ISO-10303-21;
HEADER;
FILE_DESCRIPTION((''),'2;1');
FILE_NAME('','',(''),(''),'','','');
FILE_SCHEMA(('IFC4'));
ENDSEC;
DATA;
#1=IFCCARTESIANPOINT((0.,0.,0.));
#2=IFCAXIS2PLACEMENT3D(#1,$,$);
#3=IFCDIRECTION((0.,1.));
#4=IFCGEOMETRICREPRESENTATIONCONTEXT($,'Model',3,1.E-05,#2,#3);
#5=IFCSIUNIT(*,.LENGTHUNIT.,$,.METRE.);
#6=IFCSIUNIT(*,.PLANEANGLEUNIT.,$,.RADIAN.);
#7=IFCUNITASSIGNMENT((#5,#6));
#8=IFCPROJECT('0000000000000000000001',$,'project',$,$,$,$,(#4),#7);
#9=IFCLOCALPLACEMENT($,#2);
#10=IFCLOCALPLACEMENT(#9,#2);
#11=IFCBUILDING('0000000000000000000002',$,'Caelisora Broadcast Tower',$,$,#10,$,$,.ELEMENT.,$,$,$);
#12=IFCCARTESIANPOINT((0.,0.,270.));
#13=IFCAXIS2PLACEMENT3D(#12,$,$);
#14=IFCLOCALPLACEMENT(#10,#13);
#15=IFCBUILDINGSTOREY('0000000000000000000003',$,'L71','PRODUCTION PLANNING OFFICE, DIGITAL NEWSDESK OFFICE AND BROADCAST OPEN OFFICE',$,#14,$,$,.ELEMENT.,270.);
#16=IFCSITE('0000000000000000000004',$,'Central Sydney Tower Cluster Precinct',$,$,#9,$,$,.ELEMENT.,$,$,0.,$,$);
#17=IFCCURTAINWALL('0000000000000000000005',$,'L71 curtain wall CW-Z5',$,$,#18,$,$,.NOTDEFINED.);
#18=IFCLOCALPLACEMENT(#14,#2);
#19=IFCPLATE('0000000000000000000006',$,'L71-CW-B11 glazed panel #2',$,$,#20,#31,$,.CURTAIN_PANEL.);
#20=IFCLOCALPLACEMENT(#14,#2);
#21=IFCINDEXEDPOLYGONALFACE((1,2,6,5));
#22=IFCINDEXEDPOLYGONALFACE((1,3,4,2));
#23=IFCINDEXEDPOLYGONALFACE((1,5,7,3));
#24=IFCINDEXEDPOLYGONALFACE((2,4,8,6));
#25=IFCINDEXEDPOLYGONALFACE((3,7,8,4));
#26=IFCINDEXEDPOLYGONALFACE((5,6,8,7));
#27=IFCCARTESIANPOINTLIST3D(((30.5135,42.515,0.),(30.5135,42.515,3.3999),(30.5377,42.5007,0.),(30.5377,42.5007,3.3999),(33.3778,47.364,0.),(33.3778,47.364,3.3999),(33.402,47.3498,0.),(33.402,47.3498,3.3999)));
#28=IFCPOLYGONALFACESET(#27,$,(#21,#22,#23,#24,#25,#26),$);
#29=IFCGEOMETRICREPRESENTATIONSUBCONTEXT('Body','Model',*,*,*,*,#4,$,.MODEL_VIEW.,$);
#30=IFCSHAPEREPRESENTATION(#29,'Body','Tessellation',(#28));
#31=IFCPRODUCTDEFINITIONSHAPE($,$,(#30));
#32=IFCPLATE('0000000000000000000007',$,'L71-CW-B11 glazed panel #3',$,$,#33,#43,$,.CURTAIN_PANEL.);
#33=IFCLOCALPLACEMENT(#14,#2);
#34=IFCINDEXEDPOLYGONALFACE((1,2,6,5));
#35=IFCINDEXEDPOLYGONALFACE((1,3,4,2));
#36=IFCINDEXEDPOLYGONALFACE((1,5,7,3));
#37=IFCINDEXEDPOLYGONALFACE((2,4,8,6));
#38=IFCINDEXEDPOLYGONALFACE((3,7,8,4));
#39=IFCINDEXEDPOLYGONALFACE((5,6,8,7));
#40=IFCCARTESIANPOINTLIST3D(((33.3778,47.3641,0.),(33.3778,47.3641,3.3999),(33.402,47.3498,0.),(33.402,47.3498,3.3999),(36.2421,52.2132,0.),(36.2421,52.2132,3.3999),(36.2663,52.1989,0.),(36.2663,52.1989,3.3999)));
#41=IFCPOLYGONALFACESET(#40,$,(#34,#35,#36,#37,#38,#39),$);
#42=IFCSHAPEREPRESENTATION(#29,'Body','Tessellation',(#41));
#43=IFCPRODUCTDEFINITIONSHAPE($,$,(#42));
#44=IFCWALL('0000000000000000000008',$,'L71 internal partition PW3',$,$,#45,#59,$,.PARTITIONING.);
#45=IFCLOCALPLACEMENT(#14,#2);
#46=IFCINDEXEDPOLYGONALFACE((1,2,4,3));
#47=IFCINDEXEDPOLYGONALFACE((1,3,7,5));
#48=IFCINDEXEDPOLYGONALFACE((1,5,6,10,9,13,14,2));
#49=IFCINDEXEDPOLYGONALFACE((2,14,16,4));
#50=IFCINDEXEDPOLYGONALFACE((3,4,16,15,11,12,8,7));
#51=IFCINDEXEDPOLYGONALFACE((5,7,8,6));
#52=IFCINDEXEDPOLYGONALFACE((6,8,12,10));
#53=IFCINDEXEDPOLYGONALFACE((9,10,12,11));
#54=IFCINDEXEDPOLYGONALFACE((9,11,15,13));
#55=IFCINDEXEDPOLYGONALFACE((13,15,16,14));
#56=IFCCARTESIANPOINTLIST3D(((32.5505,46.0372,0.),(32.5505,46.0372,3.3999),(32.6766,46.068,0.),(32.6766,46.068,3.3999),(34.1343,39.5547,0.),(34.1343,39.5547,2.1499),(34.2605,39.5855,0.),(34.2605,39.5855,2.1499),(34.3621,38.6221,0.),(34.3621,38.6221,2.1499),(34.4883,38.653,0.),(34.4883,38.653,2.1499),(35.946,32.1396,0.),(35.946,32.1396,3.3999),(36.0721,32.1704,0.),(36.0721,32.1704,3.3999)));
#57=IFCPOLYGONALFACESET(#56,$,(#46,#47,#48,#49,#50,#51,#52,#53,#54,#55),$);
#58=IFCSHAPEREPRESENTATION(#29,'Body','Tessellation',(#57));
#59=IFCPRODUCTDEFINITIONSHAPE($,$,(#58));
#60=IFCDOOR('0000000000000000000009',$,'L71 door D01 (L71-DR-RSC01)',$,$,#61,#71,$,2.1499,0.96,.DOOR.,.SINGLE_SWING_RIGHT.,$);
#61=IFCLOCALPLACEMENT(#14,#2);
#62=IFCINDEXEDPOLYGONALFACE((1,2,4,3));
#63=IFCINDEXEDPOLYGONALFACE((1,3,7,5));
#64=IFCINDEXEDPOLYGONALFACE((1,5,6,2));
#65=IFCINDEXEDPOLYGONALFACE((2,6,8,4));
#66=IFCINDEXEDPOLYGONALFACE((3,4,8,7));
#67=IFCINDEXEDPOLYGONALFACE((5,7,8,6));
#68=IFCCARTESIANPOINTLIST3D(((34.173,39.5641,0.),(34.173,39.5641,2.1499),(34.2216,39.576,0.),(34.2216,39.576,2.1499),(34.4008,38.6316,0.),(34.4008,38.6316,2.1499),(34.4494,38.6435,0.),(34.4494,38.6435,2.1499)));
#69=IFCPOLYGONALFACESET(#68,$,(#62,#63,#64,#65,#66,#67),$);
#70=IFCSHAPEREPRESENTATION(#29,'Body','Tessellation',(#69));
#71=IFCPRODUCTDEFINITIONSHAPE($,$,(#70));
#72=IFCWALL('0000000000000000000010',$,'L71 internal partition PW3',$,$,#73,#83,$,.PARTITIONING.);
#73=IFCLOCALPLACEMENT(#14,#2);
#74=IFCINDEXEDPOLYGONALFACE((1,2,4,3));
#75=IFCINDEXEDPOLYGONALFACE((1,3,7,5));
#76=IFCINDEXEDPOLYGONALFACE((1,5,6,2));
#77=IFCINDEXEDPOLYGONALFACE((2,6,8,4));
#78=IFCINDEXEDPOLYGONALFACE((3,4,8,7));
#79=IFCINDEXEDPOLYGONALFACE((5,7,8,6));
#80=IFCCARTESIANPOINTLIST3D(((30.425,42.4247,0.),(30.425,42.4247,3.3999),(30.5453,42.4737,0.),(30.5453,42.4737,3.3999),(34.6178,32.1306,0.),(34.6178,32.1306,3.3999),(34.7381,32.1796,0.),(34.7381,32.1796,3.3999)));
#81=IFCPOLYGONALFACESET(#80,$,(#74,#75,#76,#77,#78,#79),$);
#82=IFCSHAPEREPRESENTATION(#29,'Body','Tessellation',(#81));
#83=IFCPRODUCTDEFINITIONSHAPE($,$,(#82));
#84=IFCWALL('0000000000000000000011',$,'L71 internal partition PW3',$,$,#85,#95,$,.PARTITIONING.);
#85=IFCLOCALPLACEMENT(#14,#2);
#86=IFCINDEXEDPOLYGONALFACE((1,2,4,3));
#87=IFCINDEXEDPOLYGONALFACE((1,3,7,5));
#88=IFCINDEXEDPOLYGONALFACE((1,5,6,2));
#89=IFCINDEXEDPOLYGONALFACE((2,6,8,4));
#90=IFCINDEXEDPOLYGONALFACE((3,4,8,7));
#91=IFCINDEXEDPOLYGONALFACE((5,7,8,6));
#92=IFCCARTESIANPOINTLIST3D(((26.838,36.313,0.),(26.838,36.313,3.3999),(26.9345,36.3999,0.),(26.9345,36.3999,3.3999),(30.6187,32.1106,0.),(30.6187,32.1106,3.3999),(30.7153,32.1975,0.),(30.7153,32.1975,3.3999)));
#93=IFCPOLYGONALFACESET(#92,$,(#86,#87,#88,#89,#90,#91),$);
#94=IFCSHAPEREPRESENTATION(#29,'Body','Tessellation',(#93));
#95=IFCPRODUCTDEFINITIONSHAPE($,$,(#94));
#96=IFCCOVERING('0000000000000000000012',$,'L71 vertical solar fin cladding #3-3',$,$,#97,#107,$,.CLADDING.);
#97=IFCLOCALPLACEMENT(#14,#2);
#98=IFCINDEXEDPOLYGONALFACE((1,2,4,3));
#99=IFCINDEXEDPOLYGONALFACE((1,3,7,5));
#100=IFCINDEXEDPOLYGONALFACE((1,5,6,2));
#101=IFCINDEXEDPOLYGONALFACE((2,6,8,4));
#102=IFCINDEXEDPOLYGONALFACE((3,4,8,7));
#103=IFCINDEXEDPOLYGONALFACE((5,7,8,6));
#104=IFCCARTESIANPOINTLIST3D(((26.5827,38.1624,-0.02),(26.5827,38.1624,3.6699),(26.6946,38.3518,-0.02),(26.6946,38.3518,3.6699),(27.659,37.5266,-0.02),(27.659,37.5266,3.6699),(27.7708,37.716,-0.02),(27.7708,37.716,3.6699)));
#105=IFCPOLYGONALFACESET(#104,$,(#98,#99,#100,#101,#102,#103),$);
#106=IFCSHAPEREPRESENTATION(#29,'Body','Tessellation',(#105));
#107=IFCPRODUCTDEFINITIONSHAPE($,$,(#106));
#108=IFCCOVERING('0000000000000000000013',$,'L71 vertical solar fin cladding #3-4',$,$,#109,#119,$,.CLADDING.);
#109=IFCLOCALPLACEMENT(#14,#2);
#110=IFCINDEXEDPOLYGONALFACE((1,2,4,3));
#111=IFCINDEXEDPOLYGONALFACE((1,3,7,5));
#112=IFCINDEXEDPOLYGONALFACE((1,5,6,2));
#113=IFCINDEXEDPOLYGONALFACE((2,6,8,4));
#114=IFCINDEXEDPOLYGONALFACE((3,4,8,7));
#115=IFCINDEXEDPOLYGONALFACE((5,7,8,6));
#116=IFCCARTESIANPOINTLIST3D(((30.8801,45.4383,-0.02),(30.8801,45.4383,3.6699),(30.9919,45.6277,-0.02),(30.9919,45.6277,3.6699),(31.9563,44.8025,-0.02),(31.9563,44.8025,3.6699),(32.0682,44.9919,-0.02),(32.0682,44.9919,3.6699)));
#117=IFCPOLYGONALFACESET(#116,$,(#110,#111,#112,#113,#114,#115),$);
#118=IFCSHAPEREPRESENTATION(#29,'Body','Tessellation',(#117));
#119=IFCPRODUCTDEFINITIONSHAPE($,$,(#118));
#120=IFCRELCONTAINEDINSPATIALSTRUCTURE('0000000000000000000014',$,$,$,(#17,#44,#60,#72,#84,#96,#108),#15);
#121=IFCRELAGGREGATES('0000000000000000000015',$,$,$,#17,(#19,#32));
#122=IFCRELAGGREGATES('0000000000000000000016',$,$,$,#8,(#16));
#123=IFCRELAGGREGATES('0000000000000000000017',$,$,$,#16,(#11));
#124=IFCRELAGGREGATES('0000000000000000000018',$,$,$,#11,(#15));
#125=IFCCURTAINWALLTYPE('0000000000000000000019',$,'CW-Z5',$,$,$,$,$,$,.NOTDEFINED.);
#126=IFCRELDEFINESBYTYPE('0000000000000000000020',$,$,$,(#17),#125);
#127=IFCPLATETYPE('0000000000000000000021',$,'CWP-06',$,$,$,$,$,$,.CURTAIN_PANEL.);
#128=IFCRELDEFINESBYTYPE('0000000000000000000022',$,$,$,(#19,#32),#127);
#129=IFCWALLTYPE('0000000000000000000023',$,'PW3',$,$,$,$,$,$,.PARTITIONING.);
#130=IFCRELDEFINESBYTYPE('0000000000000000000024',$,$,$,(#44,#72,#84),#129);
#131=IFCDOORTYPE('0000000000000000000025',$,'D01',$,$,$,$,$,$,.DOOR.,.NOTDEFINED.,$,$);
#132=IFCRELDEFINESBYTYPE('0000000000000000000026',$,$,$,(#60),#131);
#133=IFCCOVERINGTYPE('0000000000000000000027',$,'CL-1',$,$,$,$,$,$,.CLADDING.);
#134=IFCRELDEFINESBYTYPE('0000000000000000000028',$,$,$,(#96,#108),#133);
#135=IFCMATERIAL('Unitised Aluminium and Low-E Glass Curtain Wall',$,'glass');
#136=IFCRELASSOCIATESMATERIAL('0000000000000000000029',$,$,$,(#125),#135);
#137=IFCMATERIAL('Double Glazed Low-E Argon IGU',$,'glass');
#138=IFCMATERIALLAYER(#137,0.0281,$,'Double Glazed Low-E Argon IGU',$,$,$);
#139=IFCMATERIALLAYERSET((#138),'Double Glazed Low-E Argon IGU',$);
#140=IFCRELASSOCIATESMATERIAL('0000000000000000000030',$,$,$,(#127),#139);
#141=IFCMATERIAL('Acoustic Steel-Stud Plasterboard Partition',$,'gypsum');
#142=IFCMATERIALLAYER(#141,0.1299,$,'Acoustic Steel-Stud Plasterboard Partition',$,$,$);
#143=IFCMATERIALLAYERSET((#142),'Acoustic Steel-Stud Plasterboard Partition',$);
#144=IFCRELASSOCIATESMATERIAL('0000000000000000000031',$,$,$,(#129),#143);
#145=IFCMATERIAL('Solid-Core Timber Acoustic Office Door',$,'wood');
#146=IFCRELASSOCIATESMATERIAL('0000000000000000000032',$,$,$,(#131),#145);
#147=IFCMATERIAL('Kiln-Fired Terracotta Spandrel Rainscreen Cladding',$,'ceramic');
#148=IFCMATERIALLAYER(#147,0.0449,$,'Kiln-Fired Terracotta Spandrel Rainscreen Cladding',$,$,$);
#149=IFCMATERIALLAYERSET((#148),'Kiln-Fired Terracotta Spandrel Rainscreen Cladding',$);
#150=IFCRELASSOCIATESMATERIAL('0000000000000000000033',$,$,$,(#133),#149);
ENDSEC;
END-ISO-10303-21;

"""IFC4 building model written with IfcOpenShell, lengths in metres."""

from ifc_helpers import new_model, si_unit, direction, frame, frame_2d, origin, origin_2d, place, context, subcontext, project, spatial, rectangle, extrude, source, transform, mapped, material, layer, layer_set, type_object, type_shapes, element, fill, aggregate, save


model = new_model("IFC4")

# Units and contexts
model_context = context("Model", 3, precision=1e-05, world=origin(), true_north=direction((0.0, 1.0)))
body_context = subcontext(model_context, "Body", "Model", "MODEL_VIEW")
ifc_project = project(units=[si_unit("LENGTHUNIT", "METRE"), si_unit("PLANEANGLEUNIT", "RADIAN")], contexts=[model_context])

# Site, building, storey
site_placement = place(None, origin())
site = spatial("IfcSite", under=ifc_project, at=site_placement, Name="Central Sydney Tower Cluster Precinct", CompositionType="ELEMENT", RefElevation=0.0)
building_placement = place(site_placement, origin())
building = spatial("IfcBuilding", under=site, at=building_placement, Name="Caelisora Broadcast Tower", CompositionType="ELEMENT")
storey_placement = place(building_placement, frame((0.0, 0.0, 270.0)))
storey = spatial("IfcBuildingStorey", under=building, at=storey_placement, Name="L71", Description="PRODUCTION PLANNING OFFICE, DIGITAL NEWSDESK OFFICE AND BROADCAST OPEN OFFICE", CompositionType="ELEMENT", Elevation=270.0)

# Curtain wall
ifc_material_1 = material(Name="Unitised Aluminium and Low-E Glass Curtain Wall", Category="glass")
curtain_wall_type_1 = type_object("IfcCurtainWallType", Name="CW-Z5", PredefinedType="NOTDEFINED", material=ifc_material_1)
curtain_wall_1_placement = place(storey_placement, origin())
curtain_wall_1 = element("IfcCurtainWall", 1, at=curtain_wall_1_placement, inside=storey, type_object=curtain_wall_type_1, Name="L71 curtain wall CW-Z5", PredefinedType="NOTDEFINED")

# Plates
ifc_material_2 = material(Name="Double Glazed Low-E Argon IGU", Category="glass")
ifc_layer_1 = layer(ifc_material_2, 0.0281, Name="Double Glazed Low-E Argon IGU")
ifc_layer_set_1 = layer_set([ifc_layer_1], Name="Double Glazed Low-E Argon IGU")
plate_type_1 = type_object("IfcPlateType", Name="CWP-06", PredefinedType="CURTAIN_PANEL", material=ifc_layer_set_1)
shared_shape_1 = source(origin(), body_context, "Body", "SweptSolid", [
    extrude(rectangle(XDim=5.6318, YDim=0.0281, at=origin_2d()), origin(), (0.0, 0.0, 1.0), 3.3999),
])
type_shapes(plate_type_1, [shared_shape_1])
plate_1_placement = place(storey_placement, frame((31.9578, 44.9324, 0.0), z_axis=(0.0, 0.0, 1.0), x_axis=(0.508591, 0.861008, 0.0)))
plate_1 = element("IfcPlate", 2, at=plate_1_placement, type_object=plate_type_1, Name="L71-CW-B11 glazed panel #2", PredefinedType="CURTAIN_PANEL", context=body_context, shape_type="MappedRepresentation", body=[
    mapped(shared_shape_1, transform((0.0, 0.0, 0.0), scale=1.0)),
])
plate_2_placement = place(storey_placement, frame((34.822, 49.7815, 0.0), z_axis=(0.0, 0.0, 1.0), x_axis=(0.508591, 0.861008, 0.0)))
plate_2 = element("IfcPlate", 3, at=plate_2_placement, type_object=plate_type_1, Name="L71-CW-B11 glazed panel #3", PredefinedType="CURTAIN_PANEL", context=body_context, shape_type="MappedRepresentation", body=[
    mapped(shared_shape_1, transform((0.0, 0.0, 0.0), scale=1.0)),
])
aggregate(curtain_wall_1, [plate_1, plate_2])

# Wall, opening, door
ifc_material_3 = material(Name="Acoustic Steel-Stud Plasterboard Partition", Category="gypsum")
ifc_layer_2 = layer(ifc_material_3, 0.1299, Name="Acoustic Steel-Stud Plasterboard Partition")
ifc_layer_set_2 = layer_set([ifc_layer_2], Name="Acoustic Steel-Stud Plasterboard Partition")
wall_type = type_object("IfcWallType", Name="PW3", PredefinedType="PARTITIONING", material=ifc_layer_set_2)
wall_1_placement = place(storey_placement, frame((32.6135, 46.0527, 0.0), z_axis=(0.0, 0.0, 1.0), x_axis=(0.23734, -0.971427, 0.0)))
wall_1 = element("IfcWall", 4, at=wall_1_placement, inside=storey, type_object=wall_type, Name="L71 internal partition PW3", PredefinedType="PARTITIONING", context=body_context, shape_type="SweptSolid", body=[
    extrude(rectangle(XDim=14.3064, YDim=0.1299, at=frame_2d((7.1533, 0.0))), origin(), (0.0, 0.0, 1.0), 3.3999),
])
opening_placement = place(wall_1_placement, frame((6.6733, 0.0, 0.0)))
opening = element("IfcOpeningElement", 5, at=opening_placement, cuts=wall_1, PredefinedType="OPENING", context=body_context, shape_type="SweptSolid", body=[
    extrude(rectangle(XDim=0.96, YDim=2.1499, at=frame_2d((0.48, 1.075))), frame((0.0, 0.0769, 0.0), z_axis=(0.0, -1.0, 0.0), x_axis=(1.0, 0.0, 0.0)), (0.0, 0.0, 1.0), 0.1538),
])
ifc_material_4 = material(Name="Solid-Core Timber Acoustic Office Door", Category="wood")
door_type = type_object("IfcDoorType", Name="D01", OperationType="NOTDEFINED", PredefinedType="DOOR", material=ifc_material_4)
door_placement = place(opening_placement, origin())
door = element("IfcDoor", 6, at=door_placement, inside=storey, type_object=door_type, Name="L71 door D01 (L71-DR-RSC01)", OperationType="SINGLE_SWING_RIGHT", OverallHeight=2.1499, OverallWidth=0.96, PredefinedType="DOOR", context=body_context, shape_type="SweptSolid", body=[
    extrude(rectangle(XDim=0.96, YDim=2.1499, at=frame_2d((0.48, 1.075))), frame((0.0, 0.0249, 0.0), z_axis=(0.0, -1.0, 0.0), x_axis=(1.0, 0.0, 0.0)), (0.0, 0.0, 1.0), 0.05),
])
fill(opening, door)

# Walls
wall_2_placement = place(storey_placement, frame((30.4851, 42.4492, 0.0), z_axis=(0.0, 0.0, 1.0), x_axis=(0.377215, -0.926126, 0.0)))
element("IfcWall", 7, at=wall_2_placement, inside=storey, type_object=wall_type, Name="L71 internal partition PW3", PredefinedType="PARTITIONING", context=body_context, shape_type="SweptSolid", body=[
    extrude(rectangle(XDim=11.1152, YDim=0.1299, at=frame_2d((5.5576, 0.0))), origin(), (0.0, 0.0, 1.0), 3.3999),
])
wall_3_placement = place(storey_placement, frame((26.8862, 36.3564, 0.0), z_axis=(0.0, 0.0, 1.0), x_axis=(0.668829, -0.743417, 0.0)))
element("IfcWall", 8, at=wall_3_placement, inside=storey, type_object=wall_type, Name="L71 internal partition PW3", PredefinedType="PARTITIONING", context=body_context, shape_type="SweptSolid", body=[
    extrude(rectangle(XDim=5.6528, YDim=0.1299, at=frame_2d((2.8264, 0.0))), origin(), (0.0, 0.0, 1.0), 3.3999),
])

# Coverings
ifc_material_5 = material(Name="Kiln-Fired Terracotta Spandrel Rainscreen Cladding", Category="ceramic")
ifc_layer_3 = layer(ifc_material_5, 0.0449, Name="Kiln-Fired Terracotta Spandrel Rainscreen Cladding")
ifc_layer_set_3 = layer_set([ifc_layer_3], Name="Kiln-Fired Terracotta Spandrel Rainscreen Cladding")
covering_type = type_object("IfcCoveringType", Name="CL-1", PredefinedType="CLADDING", material=ifc_layer_set_3)
shared_shape_2 = source(origin(), body_context, "Body", "SweptSolid", [
    extrude(rectangle(XDim=0.22, YDim=1.25, at=origin_2d()), origin(), (0.0, 0.0, 1.0), 3.6899),
])
type_shapes(covering_type, [shared_shape_2])
for number, where, z_axis, x_axis, name in (
    (9, (27.1768, 37.9392, -0.02), (0.0, 0.0, 1.0), (0.508591, 0.861008, 0.0), "L71 vertical solar fin cladding #3-3"),
    (10, (31.4741, 45.2151, -0.02), (0.0, 0.0, 1.0), (0.508591, 0.861008, 0.0), "L71 vertical solar fin cladding #3-4"),
):
    element("IfcCovering", number, at=place(storey_placement, frame(where, z_axis=z_axis, x_axis=x_axis)), inside=storey, type_object=covering_type, Name=name, PredefinedType="CLADDING", context=body_context, shape_type="MappedRepresentation", body=[
        mapped(shared_shape_2, transform((0.0, 0.0, 0.0), scale=1.0)),
    ])

save(model, "model.ifc")
